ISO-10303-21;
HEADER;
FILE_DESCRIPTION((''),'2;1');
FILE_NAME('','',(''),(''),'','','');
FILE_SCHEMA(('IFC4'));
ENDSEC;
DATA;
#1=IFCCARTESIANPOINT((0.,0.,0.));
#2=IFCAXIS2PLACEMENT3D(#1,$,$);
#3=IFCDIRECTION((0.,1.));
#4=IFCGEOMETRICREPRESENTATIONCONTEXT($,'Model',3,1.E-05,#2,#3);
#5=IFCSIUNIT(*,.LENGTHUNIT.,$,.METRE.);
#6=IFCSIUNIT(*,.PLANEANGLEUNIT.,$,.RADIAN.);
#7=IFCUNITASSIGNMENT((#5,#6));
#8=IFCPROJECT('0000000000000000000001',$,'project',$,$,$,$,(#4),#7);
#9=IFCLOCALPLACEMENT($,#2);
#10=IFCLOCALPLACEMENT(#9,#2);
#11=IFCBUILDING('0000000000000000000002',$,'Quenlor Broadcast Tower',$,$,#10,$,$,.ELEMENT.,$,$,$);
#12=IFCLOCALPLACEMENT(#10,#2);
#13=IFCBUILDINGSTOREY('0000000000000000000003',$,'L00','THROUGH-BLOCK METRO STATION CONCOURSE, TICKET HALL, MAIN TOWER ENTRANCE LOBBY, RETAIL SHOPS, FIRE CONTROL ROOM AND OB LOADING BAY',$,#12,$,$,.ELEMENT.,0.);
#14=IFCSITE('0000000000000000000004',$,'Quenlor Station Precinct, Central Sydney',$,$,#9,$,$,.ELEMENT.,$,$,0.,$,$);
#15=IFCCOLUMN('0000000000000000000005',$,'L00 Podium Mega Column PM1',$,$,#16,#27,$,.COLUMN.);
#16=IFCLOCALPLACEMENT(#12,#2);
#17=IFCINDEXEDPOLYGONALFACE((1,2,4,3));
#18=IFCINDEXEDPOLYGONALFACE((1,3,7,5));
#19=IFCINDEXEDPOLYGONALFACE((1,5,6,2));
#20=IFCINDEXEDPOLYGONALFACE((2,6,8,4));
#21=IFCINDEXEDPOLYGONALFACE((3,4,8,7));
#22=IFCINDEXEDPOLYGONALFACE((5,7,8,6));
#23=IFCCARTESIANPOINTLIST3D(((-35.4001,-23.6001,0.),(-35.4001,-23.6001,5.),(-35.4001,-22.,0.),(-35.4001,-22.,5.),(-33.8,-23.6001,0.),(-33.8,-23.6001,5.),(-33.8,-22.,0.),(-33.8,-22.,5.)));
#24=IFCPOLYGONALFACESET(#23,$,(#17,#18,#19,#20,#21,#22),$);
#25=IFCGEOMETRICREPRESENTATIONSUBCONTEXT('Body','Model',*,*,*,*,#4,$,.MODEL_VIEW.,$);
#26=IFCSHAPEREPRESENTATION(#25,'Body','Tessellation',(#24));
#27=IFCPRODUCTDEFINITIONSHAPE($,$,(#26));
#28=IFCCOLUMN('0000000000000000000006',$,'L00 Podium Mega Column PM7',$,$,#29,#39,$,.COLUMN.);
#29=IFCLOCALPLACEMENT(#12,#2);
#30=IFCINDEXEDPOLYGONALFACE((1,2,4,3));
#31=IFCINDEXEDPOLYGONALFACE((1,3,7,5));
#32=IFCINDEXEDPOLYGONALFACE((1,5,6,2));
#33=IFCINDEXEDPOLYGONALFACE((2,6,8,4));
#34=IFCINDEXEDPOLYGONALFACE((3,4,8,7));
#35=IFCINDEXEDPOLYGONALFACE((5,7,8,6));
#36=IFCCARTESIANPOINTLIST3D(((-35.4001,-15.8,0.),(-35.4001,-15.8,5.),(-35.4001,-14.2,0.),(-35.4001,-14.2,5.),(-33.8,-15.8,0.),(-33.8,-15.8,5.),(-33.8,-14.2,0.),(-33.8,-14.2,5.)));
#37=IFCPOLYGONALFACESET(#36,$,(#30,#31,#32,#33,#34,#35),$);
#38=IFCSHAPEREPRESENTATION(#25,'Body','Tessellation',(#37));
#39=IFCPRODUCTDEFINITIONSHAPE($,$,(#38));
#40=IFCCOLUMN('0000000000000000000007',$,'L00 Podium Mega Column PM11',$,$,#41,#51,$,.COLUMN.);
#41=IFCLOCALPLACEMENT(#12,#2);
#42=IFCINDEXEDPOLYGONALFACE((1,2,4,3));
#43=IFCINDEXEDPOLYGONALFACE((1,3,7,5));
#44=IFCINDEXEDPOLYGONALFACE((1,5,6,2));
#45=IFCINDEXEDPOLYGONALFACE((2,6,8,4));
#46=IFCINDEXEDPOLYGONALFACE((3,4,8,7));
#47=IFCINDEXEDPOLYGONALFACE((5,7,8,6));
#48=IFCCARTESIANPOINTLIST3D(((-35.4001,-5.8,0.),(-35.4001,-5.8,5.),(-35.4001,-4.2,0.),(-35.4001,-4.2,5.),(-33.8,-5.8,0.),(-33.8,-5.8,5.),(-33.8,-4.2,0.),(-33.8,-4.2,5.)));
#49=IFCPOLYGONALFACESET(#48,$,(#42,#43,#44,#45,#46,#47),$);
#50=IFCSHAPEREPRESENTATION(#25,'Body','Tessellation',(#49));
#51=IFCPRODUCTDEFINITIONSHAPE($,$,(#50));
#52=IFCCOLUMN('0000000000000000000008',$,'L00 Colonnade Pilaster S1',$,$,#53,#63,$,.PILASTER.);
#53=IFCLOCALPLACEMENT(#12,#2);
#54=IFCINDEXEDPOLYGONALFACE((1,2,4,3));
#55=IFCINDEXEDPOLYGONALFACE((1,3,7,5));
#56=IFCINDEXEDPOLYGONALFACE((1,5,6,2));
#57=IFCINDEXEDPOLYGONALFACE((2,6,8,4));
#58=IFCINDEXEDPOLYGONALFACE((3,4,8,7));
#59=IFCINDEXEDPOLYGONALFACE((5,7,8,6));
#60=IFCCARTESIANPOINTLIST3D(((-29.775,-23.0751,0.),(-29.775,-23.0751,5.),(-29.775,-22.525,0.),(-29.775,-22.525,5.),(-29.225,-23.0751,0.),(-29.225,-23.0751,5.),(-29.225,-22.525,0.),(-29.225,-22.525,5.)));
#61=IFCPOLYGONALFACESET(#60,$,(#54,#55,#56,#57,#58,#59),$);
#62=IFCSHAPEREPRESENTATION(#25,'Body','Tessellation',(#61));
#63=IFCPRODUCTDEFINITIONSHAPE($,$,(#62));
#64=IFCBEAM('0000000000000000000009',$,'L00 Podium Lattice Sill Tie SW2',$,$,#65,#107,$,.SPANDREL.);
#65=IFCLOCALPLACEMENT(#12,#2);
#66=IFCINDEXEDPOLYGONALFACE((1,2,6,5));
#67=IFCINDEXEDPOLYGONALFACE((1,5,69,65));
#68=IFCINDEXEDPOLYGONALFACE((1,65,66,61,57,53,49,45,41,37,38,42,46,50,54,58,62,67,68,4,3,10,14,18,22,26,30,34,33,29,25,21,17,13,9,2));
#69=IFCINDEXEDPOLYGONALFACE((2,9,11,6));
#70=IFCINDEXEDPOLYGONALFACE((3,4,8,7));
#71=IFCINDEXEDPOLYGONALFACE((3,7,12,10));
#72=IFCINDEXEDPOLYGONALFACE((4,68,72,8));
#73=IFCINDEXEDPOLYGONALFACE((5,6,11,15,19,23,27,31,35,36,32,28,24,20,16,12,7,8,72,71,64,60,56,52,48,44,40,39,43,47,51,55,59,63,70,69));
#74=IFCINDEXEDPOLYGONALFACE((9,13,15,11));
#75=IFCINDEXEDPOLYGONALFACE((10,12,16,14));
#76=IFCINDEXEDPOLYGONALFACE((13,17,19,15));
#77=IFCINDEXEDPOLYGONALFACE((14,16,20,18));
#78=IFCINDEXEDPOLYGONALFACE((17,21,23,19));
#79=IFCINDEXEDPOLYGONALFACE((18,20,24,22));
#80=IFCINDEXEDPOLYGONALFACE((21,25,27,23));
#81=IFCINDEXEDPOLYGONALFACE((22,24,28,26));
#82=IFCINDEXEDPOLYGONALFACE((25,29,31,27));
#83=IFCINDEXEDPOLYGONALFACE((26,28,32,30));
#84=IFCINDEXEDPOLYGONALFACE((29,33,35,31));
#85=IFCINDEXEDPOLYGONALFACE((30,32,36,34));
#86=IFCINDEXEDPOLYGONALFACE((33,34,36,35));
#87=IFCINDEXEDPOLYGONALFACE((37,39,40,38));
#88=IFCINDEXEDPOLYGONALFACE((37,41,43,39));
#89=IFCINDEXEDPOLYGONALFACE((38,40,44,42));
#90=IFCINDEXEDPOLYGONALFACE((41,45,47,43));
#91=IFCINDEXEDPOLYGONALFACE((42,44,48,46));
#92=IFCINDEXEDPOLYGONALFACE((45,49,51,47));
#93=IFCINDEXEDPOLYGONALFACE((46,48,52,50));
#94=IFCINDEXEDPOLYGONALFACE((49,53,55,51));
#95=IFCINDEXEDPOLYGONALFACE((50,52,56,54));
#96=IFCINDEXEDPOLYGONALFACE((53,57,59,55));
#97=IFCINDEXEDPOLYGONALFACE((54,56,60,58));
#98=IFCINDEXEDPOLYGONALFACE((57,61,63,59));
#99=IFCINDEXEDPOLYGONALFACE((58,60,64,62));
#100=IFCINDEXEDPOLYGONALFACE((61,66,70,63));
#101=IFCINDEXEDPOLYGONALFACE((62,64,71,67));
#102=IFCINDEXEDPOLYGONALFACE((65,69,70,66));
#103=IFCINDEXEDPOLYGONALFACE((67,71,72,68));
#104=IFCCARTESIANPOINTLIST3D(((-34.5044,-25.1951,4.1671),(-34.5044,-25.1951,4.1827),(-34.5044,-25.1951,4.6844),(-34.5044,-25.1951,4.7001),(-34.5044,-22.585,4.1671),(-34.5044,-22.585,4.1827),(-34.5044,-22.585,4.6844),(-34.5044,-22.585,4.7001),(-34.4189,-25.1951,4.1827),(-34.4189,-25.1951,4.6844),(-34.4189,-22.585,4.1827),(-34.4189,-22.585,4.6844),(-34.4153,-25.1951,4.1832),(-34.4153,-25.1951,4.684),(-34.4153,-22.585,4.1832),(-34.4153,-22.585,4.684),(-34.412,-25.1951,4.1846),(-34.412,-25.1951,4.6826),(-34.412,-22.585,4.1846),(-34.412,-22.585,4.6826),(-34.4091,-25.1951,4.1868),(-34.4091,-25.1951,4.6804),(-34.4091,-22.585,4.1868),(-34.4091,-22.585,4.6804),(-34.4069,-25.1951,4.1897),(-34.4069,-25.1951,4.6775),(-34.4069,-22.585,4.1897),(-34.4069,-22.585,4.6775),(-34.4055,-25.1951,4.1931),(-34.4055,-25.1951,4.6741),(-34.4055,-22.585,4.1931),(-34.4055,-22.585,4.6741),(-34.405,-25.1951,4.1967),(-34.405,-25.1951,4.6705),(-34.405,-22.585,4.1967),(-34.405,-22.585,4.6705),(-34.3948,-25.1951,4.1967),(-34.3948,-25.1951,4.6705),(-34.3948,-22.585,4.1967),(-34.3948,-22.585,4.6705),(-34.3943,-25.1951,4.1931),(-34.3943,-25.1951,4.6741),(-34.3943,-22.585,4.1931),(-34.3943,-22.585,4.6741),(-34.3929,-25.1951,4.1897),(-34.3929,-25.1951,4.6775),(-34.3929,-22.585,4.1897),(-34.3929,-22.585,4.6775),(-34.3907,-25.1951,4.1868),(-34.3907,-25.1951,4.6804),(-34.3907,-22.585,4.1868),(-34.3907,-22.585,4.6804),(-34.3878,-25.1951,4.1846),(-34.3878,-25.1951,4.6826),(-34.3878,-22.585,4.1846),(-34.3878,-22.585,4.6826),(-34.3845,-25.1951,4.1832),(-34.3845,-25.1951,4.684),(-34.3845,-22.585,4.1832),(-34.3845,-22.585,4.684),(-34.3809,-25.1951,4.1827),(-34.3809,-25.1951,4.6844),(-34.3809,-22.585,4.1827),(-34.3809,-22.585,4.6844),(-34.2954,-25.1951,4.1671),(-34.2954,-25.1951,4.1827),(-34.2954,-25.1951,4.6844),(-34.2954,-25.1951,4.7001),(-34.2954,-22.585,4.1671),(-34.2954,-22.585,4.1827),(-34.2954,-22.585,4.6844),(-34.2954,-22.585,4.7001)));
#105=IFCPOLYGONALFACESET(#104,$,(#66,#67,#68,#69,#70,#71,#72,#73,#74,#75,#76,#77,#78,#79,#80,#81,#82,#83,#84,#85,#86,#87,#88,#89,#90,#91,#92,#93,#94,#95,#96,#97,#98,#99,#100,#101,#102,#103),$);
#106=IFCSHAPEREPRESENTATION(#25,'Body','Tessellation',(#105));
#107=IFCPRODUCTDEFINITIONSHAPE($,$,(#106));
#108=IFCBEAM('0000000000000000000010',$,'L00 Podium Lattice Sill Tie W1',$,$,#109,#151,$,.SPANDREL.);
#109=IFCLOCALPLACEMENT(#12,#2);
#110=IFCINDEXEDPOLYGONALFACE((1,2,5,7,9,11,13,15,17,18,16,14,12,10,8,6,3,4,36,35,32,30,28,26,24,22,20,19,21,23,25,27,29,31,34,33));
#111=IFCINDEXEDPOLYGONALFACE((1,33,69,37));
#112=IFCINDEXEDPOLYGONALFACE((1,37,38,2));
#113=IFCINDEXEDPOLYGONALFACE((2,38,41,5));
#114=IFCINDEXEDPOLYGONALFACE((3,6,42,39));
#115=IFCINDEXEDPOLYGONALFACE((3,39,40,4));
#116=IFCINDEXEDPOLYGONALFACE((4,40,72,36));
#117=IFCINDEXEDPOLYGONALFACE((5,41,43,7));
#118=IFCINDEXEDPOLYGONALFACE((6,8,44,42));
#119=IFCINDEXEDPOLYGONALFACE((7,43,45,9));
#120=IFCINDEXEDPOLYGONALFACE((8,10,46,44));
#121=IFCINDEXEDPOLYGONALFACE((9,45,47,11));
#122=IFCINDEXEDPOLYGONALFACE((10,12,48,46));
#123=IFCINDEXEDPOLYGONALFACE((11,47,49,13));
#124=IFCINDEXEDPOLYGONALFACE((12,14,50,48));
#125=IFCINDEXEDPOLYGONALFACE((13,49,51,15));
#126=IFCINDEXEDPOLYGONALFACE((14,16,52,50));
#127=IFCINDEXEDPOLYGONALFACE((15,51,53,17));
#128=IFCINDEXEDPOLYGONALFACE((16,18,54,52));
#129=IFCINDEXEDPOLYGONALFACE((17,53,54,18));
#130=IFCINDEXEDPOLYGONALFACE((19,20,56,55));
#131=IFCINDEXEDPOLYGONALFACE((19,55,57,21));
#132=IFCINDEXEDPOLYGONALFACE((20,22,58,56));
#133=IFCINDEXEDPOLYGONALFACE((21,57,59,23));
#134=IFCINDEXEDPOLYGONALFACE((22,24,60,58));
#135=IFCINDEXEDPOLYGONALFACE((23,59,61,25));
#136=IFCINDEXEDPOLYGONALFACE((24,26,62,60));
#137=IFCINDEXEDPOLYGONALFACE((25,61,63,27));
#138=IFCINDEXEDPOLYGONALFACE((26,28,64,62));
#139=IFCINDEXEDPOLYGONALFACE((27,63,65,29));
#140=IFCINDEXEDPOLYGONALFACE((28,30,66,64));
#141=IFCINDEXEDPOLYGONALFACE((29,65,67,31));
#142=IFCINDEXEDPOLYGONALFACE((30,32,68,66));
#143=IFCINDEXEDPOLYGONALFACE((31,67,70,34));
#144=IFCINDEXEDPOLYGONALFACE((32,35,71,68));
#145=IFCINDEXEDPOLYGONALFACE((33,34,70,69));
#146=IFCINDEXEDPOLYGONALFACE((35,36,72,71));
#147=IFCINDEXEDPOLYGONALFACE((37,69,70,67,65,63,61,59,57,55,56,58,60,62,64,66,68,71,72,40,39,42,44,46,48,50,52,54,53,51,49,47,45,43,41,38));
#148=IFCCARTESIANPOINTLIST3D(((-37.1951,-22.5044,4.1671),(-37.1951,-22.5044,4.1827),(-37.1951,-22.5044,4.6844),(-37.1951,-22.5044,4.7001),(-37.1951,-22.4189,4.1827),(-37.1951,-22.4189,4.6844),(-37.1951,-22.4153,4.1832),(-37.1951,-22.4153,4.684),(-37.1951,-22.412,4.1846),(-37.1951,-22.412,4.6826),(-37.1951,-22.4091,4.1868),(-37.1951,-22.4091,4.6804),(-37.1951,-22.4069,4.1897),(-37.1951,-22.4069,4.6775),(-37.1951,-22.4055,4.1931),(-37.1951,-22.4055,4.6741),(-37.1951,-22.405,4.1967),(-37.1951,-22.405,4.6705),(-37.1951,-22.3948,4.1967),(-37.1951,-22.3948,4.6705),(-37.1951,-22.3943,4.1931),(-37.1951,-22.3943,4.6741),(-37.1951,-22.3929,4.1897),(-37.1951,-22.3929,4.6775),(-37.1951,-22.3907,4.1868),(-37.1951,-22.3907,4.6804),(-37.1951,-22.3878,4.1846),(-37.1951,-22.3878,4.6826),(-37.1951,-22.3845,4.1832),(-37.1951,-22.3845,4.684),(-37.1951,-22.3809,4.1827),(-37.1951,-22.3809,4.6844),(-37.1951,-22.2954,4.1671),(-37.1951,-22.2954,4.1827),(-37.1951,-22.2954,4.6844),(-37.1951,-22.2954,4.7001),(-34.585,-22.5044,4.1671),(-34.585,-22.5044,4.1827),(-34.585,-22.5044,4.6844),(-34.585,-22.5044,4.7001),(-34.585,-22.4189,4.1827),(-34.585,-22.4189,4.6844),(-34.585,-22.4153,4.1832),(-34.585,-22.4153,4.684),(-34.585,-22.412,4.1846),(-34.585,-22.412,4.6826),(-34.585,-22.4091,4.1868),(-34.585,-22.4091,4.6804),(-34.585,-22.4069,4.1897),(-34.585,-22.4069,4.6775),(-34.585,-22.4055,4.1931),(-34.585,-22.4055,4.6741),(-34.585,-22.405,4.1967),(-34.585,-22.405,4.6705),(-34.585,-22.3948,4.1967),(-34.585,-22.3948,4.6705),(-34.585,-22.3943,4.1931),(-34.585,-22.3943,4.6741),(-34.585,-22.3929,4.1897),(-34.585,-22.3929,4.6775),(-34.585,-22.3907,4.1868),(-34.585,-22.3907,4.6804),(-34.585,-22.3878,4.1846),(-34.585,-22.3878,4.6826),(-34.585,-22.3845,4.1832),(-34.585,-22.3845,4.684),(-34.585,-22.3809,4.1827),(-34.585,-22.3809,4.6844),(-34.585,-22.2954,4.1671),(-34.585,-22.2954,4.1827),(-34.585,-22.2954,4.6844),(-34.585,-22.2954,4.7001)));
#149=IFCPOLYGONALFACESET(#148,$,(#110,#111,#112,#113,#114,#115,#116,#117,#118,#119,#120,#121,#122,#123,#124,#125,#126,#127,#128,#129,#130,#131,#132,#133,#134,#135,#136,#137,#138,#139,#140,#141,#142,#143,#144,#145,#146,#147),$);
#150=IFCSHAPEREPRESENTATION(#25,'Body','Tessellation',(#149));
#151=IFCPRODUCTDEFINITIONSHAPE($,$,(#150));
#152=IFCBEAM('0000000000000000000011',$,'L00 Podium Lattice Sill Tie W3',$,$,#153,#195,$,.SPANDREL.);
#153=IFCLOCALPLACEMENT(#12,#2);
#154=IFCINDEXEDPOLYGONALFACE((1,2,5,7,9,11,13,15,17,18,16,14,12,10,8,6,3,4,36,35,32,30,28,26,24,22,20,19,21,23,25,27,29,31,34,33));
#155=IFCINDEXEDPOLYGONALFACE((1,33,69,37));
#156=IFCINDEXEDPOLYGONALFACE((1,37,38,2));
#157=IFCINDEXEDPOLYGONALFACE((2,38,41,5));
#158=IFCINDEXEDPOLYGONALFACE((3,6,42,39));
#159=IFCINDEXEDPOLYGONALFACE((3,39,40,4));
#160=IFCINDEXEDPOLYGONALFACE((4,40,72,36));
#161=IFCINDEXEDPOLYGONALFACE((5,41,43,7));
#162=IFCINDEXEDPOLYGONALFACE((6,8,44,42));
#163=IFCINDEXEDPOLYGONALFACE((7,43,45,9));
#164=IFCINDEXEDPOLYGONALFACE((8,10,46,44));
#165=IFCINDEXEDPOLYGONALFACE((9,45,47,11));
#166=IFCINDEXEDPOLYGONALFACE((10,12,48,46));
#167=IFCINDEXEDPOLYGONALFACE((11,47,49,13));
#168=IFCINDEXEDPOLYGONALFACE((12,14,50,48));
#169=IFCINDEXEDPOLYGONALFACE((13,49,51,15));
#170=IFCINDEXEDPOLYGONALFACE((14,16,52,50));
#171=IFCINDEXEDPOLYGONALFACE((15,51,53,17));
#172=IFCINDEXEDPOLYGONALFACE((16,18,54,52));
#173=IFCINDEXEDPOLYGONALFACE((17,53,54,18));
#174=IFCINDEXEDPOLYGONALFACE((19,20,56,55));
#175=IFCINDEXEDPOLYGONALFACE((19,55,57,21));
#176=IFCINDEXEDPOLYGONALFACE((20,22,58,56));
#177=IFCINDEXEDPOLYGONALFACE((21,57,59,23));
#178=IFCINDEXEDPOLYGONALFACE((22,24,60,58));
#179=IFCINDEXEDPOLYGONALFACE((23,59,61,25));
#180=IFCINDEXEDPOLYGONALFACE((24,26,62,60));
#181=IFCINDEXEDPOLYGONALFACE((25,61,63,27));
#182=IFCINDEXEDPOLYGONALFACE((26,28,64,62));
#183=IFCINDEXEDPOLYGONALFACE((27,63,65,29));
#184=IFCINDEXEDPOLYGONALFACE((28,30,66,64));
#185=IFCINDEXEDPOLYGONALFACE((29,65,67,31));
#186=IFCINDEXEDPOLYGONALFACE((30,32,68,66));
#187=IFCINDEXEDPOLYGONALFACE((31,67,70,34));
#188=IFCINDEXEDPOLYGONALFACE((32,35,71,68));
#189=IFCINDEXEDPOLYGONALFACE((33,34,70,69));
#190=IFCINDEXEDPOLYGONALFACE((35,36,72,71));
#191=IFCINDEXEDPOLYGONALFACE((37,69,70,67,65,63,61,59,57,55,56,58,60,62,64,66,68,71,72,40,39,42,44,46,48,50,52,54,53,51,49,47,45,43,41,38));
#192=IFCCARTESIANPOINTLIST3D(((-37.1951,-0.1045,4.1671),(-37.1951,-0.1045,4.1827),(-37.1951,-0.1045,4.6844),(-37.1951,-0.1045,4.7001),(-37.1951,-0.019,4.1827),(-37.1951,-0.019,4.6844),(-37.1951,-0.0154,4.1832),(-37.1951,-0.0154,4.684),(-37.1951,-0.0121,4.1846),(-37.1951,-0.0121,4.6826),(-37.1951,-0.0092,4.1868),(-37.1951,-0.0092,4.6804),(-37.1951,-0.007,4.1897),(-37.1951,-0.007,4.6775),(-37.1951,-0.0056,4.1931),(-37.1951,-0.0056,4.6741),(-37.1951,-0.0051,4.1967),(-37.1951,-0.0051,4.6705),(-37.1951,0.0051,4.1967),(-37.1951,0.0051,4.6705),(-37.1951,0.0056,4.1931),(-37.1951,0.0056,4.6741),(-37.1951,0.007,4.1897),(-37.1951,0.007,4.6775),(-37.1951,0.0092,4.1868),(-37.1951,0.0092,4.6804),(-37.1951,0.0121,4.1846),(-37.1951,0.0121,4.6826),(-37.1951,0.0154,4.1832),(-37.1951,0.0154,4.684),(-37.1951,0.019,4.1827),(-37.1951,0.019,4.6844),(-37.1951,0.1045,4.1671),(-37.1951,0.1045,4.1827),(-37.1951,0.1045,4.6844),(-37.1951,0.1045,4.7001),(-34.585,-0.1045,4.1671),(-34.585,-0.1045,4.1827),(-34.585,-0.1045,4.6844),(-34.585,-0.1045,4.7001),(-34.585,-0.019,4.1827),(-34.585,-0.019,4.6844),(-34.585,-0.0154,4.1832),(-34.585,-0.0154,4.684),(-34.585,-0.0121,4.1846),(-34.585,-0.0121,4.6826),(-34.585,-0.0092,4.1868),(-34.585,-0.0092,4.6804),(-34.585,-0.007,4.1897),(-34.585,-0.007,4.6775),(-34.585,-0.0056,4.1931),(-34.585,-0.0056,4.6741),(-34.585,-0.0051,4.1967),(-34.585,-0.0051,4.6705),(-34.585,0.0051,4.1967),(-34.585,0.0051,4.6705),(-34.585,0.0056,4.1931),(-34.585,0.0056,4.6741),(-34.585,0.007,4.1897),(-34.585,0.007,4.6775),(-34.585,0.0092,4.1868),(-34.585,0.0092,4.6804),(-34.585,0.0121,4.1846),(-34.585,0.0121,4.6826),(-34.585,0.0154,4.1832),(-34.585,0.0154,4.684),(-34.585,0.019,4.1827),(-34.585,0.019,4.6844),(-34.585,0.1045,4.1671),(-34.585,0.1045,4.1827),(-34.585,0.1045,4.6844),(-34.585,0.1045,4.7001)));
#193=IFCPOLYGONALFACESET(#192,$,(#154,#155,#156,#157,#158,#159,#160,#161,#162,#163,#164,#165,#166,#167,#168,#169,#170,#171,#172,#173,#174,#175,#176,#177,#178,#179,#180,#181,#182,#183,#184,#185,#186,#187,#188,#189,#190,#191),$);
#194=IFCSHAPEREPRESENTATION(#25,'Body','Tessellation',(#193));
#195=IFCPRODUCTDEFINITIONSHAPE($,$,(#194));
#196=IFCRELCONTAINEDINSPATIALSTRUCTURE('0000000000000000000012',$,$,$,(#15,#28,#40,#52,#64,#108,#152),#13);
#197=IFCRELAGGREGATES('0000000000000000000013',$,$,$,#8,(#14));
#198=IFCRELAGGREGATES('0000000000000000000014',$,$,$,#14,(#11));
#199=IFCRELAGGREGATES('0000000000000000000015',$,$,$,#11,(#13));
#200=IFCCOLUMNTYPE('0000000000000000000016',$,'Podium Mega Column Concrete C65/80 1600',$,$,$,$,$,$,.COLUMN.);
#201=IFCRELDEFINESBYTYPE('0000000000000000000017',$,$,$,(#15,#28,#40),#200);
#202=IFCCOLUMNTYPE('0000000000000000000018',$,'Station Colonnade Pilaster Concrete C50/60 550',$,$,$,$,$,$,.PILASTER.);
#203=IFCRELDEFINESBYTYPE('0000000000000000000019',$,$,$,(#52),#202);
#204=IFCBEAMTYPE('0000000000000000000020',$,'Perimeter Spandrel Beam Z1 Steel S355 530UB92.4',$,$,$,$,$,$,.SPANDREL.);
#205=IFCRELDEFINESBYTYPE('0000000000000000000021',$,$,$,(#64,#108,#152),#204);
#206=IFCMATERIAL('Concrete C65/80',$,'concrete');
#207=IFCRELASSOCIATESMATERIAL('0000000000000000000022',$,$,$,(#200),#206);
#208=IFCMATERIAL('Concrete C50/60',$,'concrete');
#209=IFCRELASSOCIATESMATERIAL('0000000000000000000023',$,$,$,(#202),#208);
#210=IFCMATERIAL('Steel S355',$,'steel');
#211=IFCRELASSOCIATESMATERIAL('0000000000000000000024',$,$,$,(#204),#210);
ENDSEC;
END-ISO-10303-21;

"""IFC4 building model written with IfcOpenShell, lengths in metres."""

from ifc_helpers import new_model, si_unit, direction, frame, origin, origin_2d, place, context, subcontext, project, spatial, rectangle, i_section, extrude, material, material_profile, profile_set, type_object, element, save


model = new_model("IFC4")

# Units and contexts
model_context = context("Model", 3, precision=1e-05, world=origin(), true_north=direction((0.0, 1.0)))
body_context = subcontext(model_context, "Body", "Model", "MODEL_VIEW")
ifc_project = project(units=[si_unit("LENGTHUNIT", "METRE"), si_unit("PLANEANGLEUNIT", "RADIAN")], contexts=[model_context])

# Site, building, storey
site_placement = place(None, origin())
site = spatial("IfcSite", under=ifc_project, at=site_placement, Name="Quenlor Station Precinct, Central Sydney", CompositionType="ELEMENT", RefElevation=0.0)
building_placement = place(site_placement, origin())
building = spatial("IfcBuilding", under=site, at=building_placement, Name="Quenlor Broadcast Tower", CompositionType="ELEMENT")
storey_placement = place(building_placement, origin())
storey = spatial("IfcBuildingStorey", under=building, at=storey_placement, Name="L00", Description="THROUGH-BLOCK METRO STATION CONCOURSE, TICKET HALL, MAIN TOWER ENTRANCE LOBBY, RETAIL SHOPS, FIRE CONTROL ROOM AND OB LOADING BAY", CompositionType="ELEMENT", Elevation=0.0)

# Columns
ifc_material_1 = material(Name="Concrete C65/80", Category="concrete")
ifc_material_profile_1 = material_profile(ifc_material_1, rectangle(XDim=1.6001, YDim=1.6001, at=origin_2d()))
ifc_profile_set_1 = profile_set([ifc_material_profile_1], Name="Concrete C65/80 RC1600x1600")
column_type_1 = type_object("IfcColumnType", Name="Podium Mega Column Concrete C65/80 1600", PredefinedType="COLUMN", material=ifc_profile_set_1)
for number, where, z_axis, x_axis, name in (
    (1, (-34.6001, -22.8, 0.0), (0.0, 0.0, 1.0), (1.0, 0.0, 0.0), "L00 Podium Mega Column PM1"),
    (2, (-34.6001, -15.0, 0.0), (0.0, 0.0, 1.0), (1.0, 0.0, 0.0), "L00 Podium Mega Column PM7"),
    (3, (-34.6001, -5.0, 0.0), (0.0, 0.0, 1.0), (1.0, 0.0, 0.0), "L00 Podium Mega Column PM11"),
):
    element("IfcColumn", number, at=place(storey_placement, frame(where, z_axis=z_axis, x_axis=x_axis)), inside=storey, type_object=column_type_1, Name=name, PredefinedType="COLUMN", context=body_context, shape_type="SweptSolid", body=[
        extrude(rectangle(XDim=1.6001, YDim=1.6001, at=origin_2d()), origin(), (0.0, 0.0, 1.0), 5.0),
    ])
ifc_material_2 = material(Name="Concrete C50/60", Category="concrete")
ifc_material_profile_2 = material_profile(ifc_material_2, rectangle(XDim=0.55, YDim=0.55, at=origin_2d()))
ifc_profile_set_2 = profile_set([ifc_material_profile_2], Name="Concrete C50/60 PIL550x550")
column_type_2 = type_object("IfcColumnType", Name="Station Colonnade Pilaster Concrete C50/60 550", PredefinedType="PILASTER", material=ifc_profile_set_2)
column_placement = place(storey_placement, frame((-29.5, -22.8, 0.0), z_axis=(0.0, 0.0, 1.0), x_axis=(1.0, 0.0, 0.0)))
element("IfcColumn", 4, at=column_placement, inside=storey, type_object=column_type_2, Name="L00 Colonnade Pilaster S1", PredefinedType="PILASTER", context=body_context, shape_type="SweptSolid", body=[
    extrude(rectangle(XDim=0.55, YDim=0.55, at=origin_2d()), origin(), (0.0, 0.0, 1.0), 5.0),
])

# Beams
ifc_material_3 = material(Name="Steel S355", Category="steel")
ifc_material_profile_3 = material_profile(ifc_material_3, i_section(OverallWidth=0.209, OverallDepth=0.533, WebThickness=0.0103, FlangeThickness=0.0156, FilletRadius=0.0139, at=origin_2d()))
ifc_profile_set_3 = profile_set([ifc_material_profile_3], Name="Steel S355 530UB92.4")
beam_type_1 = type_object("IfcBeamType", Name="Perimeter Spandrel Beam Z1 Steel S355 530UB92.4", PredefinedType="SPANDREL", material=ifc_profile_set_3)
for number, where, z_axis, x_axis, name in (
    (5, (-34.3999, -22.585, 4.4336), (0.0, -1.0, 0.0), (1.0, 0.0, 0.0), "L00 Podium Lattice Sill Tie SW2"),
    (6, (-34.585, -22.3999, 4.4336), (-1.0, 0.0, 0.0), (0.0, -1.0, 0.0), "L00 Podium Lattice Sill Tie W1"),
    (7, (-34.585, 0.0, 4.4336), (-1.0, 0.0, 0.0), (0.0, -1.0, 0.0), "L00 Podium Lattice Sill Tie W3"),
):
    element("IfcBeam", number, at=place(storey_placement, frame(where, z_axis=z_axis, x_axis=x_axis)), inside=storey, type_object=beam_type_1, Name=name, PredefinedType="SPANDREL", context=body_context, shape_type="SweptSolid", body=[
        extrude(i_section(OverallWidth=0.209, OverallDepth=0.533, WebThickness=0.0103, FlangeThickness=0.0156, FilletRadius=0.0139, at=origin_2d()), origin(), (0.0, 0.0, 1.0), 2.6101),
    ])

save(model, "model.ifc")
